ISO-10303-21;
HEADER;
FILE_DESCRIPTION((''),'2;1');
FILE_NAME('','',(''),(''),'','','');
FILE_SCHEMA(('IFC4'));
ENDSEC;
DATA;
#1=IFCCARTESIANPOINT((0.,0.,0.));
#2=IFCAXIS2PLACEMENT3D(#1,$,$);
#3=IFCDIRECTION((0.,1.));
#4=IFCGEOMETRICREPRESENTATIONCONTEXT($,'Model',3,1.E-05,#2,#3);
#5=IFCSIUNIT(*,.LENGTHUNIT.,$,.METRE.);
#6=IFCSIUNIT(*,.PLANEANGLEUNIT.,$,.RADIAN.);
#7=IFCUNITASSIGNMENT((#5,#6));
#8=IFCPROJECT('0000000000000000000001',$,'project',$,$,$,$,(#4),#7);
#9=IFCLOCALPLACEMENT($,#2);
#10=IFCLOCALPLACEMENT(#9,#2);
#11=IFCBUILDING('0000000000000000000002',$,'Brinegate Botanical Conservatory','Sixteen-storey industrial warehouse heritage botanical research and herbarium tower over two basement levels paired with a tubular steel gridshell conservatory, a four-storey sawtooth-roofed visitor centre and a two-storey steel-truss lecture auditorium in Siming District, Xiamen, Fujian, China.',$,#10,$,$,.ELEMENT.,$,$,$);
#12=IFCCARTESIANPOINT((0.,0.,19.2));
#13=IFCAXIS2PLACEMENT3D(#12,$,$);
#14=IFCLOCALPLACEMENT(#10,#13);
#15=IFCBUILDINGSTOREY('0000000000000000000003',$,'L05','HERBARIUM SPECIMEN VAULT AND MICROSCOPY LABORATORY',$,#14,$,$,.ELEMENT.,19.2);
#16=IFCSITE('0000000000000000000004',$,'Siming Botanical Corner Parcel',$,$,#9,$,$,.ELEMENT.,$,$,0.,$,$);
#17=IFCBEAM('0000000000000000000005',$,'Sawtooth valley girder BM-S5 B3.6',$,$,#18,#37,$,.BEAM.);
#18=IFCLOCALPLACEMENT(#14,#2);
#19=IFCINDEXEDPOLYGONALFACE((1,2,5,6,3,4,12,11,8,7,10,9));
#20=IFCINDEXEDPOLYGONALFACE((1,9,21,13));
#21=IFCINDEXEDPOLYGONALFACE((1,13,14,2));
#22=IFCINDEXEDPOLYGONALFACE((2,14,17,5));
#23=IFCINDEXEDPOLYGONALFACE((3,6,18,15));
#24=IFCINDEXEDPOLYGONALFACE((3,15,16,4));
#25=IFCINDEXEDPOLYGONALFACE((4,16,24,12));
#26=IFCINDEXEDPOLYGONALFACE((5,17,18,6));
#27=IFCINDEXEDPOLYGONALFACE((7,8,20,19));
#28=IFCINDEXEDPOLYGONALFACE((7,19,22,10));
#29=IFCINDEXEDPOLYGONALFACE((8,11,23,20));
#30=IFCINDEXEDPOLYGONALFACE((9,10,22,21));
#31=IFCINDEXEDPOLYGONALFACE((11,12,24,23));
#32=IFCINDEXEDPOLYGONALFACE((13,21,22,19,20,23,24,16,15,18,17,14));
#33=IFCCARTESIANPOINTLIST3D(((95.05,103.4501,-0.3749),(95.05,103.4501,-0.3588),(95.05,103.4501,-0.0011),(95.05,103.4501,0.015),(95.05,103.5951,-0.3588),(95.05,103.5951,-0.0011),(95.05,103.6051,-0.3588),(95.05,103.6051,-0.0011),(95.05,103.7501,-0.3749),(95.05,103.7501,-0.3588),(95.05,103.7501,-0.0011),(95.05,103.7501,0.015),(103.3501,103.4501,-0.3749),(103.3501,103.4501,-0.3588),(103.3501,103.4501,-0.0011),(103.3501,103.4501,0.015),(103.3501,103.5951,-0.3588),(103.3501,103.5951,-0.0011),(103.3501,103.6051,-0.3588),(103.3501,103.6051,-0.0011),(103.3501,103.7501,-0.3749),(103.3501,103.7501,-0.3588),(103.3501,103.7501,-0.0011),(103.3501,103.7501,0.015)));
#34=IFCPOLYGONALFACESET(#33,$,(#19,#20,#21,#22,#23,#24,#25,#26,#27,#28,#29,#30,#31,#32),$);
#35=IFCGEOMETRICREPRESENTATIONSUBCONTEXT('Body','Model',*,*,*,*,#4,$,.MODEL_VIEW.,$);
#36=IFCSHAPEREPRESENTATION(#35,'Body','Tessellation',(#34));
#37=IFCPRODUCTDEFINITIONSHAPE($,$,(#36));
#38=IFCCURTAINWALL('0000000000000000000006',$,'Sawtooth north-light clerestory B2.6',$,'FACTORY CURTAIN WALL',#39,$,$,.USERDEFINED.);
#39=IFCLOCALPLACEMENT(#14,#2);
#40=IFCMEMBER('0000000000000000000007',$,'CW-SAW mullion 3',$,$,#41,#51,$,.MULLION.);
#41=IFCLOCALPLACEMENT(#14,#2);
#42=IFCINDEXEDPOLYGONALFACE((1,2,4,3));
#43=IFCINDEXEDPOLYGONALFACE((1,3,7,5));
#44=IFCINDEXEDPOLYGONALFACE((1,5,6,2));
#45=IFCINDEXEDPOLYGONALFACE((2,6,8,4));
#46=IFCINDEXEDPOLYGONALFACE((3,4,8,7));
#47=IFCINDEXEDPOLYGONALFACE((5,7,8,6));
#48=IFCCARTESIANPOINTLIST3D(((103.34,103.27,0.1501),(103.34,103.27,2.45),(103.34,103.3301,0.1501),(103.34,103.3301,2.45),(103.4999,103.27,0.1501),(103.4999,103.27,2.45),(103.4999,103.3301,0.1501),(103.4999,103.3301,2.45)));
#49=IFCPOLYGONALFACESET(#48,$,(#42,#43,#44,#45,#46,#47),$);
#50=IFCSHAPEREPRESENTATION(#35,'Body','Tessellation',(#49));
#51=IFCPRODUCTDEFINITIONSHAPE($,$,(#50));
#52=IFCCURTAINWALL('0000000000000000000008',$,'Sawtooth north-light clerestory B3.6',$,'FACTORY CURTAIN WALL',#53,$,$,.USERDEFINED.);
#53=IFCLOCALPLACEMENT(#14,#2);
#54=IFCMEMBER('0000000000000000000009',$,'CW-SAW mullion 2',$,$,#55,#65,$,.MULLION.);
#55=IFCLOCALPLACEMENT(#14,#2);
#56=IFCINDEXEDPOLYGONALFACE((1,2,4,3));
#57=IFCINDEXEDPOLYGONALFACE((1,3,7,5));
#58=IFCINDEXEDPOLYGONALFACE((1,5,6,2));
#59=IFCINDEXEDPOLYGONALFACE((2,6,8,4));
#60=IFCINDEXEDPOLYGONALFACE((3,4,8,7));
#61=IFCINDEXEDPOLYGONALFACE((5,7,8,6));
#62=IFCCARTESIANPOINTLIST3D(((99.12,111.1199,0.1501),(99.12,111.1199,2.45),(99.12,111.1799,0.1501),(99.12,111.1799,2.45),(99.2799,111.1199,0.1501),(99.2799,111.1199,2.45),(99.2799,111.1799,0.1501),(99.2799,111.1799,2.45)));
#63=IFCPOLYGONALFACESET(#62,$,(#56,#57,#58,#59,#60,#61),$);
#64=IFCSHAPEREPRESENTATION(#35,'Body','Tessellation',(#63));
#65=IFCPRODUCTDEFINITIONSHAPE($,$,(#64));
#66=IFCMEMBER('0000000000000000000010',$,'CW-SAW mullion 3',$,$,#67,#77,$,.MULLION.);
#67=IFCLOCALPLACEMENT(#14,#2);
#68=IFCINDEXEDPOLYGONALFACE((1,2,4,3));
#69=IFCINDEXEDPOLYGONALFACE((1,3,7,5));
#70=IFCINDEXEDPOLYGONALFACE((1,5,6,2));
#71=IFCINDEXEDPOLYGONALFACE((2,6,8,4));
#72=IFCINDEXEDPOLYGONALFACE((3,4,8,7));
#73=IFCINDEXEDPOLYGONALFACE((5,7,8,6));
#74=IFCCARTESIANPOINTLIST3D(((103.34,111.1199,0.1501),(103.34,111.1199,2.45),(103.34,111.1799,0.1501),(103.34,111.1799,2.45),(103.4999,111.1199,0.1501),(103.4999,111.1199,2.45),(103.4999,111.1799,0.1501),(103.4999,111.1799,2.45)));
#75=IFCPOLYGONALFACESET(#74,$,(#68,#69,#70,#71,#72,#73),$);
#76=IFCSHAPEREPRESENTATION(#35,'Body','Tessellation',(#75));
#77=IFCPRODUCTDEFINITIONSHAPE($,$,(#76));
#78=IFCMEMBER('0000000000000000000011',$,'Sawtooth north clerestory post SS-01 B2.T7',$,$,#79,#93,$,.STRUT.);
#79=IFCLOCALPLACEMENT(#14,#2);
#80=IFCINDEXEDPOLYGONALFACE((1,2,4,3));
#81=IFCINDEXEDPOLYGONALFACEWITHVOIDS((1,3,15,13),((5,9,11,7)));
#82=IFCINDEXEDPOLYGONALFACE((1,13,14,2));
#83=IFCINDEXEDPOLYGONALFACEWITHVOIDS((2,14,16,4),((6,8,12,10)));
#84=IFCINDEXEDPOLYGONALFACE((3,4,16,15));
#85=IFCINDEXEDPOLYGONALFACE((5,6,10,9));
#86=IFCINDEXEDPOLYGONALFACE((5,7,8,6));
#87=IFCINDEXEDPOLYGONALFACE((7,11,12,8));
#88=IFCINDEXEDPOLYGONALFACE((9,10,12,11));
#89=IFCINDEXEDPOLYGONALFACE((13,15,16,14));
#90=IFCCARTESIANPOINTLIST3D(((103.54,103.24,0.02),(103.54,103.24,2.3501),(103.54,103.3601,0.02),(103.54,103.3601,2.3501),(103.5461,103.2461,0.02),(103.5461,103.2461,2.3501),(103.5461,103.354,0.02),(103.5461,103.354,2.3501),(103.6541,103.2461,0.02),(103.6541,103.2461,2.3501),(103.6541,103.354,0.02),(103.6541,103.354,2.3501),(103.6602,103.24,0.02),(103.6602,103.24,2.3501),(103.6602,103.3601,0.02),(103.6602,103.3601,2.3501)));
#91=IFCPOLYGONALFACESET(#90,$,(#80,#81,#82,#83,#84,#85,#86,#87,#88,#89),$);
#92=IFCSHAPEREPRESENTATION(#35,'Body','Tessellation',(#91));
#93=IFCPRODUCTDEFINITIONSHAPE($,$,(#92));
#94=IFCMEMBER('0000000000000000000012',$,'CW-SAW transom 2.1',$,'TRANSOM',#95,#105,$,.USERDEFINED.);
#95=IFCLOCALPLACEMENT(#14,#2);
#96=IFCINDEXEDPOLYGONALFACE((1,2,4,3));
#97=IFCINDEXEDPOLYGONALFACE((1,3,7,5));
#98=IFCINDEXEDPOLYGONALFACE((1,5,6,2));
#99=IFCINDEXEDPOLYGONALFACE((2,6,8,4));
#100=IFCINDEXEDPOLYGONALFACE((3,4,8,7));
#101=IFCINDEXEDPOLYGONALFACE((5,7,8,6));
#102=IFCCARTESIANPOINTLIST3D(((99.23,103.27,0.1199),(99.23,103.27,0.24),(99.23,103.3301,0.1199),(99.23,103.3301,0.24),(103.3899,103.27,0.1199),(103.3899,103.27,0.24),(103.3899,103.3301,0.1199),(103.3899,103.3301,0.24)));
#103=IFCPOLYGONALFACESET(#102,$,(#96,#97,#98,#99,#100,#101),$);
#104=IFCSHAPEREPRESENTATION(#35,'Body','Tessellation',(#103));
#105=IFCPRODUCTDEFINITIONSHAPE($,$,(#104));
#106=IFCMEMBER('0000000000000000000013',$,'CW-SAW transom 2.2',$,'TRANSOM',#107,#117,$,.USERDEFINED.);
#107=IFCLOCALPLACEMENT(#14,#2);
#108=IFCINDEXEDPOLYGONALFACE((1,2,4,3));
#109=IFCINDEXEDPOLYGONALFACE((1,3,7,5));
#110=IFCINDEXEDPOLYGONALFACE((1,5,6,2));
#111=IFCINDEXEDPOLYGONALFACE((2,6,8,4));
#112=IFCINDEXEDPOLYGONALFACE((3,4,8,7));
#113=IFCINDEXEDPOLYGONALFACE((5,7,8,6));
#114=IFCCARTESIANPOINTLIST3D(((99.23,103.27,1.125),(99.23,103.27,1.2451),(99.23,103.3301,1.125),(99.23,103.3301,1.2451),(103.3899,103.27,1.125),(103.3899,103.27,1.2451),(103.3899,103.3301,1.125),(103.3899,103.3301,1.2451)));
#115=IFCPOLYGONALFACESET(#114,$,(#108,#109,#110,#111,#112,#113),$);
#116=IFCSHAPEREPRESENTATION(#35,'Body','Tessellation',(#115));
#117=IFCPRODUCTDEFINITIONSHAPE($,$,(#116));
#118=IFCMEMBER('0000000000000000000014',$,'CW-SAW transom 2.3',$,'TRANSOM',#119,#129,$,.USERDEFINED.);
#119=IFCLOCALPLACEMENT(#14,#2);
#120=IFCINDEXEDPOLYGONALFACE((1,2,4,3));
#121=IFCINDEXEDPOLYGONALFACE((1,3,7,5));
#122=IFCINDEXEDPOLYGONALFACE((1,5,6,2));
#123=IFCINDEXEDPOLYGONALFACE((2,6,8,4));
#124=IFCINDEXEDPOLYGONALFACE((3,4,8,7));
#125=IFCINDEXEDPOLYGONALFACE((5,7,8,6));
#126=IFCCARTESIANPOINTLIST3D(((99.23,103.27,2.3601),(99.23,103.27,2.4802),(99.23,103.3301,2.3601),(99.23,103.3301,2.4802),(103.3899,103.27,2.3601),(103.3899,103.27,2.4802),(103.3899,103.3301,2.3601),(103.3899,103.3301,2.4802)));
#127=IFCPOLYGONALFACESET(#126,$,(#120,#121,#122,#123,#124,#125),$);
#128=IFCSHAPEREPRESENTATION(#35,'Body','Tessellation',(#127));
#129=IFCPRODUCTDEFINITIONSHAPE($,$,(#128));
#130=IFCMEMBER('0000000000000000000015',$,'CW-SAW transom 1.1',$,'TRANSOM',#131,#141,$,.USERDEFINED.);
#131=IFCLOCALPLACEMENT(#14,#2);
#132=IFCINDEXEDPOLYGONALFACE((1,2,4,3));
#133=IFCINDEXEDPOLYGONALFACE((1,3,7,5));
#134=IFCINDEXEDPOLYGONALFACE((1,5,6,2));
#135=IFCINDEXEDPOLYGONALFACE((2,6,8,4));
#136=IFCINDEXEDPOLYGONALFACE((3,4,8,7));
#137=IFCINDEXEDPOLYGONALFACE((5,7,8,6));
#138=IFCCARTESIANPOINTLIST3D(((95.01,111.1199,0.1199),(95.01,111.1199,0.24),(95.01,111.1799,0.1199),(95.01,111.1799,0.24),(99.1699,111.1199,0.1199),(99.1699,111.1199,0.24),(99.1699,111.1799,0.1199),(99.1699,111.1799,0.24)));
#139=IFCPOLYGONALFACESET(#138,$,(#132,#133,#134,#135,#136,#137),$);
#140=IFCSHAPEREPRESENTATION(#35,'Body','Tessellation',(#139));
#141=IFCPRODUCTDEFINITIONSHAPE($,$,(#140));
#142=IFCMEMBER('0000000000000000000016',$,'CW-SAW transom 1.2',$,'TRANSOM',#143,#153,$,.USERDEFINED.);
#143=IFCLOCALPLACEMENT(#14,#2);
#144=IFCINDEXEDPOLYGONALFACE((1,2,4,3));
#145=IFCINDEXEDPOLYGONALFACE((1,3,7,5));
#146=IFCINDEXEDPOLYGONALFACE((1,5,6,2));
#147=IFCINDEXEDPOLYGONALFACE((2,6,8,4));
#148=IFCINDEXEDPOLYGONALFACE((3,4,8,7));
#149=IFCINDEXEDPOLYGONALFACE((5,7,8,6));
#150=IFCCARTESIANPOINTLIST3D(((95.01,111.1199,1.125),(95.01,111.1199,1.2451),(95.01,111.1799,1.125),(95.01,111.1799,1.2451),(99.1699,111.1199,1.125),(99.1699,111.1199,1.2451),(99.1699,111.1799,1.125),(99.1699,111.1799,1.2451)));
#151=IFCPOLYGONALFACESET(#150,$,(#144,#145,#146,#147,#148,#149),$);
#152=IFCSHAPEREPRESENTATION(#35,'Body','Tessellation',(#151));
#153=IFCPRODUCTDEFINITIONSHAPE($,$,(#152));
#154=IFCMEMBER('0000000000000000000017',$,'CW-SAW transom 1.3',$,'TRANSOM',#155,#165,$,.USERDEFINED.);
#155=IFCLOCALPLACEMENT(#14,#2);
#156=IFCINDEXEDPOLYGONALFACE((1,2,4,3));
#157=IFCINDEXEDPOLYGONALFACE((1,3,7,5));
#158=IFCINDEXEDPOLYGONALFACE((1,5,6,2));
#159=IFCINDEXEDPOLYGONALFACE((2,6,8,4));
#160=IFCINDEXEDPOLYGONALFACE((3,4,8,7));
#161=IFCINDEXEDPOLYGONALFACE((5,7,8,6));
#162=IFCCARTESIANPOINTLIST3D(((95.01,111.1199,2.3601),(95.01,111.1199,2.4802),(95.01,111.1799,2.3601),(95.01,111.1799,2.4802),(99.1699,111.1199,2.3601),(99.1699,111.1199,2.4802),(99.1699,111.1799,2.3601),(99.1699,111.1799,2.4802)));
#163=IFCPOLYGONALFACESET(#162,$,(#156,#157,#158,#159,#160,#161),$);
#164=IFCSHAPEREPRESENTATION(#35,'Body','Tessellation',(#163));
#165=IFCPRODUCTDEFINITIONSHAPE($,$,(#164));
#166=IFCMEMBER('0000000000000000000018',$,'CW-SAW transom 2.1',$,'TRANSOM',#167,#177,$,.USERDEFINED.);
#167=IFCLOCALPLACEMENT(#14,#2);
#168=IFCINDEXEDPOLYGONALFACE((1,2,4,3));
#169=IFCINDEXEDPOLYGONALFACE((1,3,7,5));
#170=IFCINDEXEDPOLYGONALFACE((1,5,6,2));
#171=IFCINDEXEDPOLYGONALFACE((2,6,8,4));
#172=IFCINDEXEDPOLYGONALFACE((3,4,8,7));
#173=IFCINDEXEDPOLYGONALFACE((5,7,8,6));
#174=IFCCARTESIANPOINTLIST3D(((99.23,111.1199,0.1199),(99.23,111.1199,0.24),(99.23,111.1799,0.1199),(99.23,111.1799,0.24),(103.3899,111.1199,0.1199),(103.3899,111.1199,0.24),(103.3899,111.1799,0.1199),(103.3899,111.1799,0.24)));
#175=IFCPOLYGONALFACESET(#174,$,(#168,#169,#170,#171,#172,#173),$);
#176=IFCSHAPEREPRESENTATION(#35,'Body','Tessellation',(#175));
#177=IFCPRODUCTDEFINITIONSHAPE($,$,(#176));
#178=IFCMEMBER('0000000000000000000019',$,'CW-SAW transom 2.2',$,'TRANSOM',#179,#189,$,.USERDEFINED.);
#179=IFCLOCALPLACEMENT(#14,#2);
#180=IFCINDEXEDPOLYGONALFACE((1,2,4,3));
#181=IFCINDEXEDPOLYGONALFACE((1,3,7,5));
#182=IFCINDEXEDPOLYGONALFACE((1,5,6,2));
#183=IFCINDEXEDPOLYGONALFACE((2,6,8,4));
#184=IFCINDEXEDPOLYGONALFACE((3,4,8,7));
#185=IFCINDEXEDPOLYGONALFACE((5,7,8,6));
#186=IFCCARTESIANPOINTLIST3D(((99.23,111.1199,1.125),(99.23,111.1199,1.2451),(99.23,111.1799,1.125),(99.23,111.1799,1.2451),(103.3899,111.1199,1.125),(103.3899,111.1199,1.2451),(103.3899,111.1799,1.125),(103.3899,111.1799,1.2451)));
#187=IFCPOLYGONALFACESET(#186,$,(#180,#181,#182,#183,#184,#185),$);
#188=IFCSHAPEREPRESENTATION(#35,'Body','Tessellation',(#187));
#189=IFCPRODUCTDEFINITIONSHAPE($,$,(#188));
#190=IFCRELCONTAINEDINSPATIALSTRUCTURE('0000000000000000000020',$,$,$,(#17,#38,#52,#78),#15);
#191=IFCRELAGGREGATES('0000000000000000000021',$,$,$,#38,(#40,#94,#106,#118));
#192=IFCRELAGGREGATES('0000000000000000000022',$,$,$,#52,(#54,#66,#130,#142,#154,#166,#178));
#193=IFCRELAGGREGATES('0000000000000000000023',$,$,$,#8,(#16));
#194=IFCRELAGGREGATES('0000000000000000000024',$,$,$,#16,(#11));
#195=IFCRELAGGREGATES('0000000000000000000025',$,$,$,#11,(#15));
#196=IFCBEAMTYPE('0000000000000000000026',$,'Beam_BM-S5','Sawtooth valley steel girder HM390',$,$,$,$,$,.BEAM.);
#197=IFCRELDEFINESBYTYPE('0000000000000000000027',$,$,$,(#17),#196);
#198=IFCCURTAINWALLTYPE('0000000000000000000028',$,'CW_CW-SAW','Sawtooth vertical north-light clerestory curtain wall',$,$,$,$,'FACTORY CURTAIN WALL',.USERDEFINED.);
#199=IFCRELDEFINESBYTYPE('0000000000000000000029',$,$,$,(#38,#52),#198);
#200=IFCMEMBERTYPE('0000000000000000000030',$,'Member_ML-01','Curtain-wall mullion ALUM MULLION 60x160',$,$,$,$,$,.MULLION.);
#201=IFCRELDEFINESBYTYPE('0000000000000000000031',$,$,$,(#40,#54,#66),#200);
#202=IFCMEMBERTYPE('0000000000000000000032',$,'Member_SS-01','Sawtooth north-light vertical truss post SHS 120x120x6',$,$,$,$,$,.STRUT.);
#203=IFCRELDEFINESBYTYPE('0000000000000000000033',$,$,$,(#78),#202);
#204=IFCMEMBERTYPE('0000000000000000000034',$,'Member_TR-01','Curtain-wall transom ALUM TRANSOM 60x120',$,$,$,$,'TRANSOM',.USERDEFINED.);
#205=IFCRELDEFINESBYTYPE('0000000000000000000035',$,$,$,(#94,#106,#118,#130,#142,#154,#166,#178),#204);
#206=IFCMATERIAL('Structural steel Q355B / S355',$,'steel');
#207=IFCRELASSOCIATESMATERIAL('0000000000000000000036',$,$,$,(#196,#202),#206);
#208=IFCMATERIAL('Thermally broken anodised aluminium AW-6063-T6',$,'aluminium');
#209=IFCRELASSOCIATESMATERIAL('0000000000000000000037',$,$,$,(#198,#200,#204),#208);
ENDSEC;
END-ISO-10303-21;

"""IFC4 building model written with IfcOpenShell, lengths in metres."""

from ifc_helpers import new_model, si_unit, direction, frame, origin, origin_2d, place, context, subcontext, project, spatial, rectangle, hollow_rectangle, i_section, extrude, material, material_profile, profile_set, type_object, element, aggregate, save


model = new_model("IFC4")

# Units and contexts
model_context = context("Model", 3, precision=1e-05, world=origin(), true_north=direction((0.0, 1.0)))
body_context = subcontext(model_context, "Body", "Model", "MODEL_VIEW")
ifc_project = project(units=[si_unit("LENGTHUNIT", "METRE"), si_unit("PLANEANGLEUNIT", "RADIAN")], contexts=[model_context])

# Site, building, storey
site_placement = place(None, origin())
site = spatial("IfcSite", under=ifc_project, at=site_placement, Name="Siming Botanical Corner Parcel", CompositionType="ELEMENT", RefElevation=0.0)
building_placement = place(site_placement, origin())
building = spatial("IfcBuilding", under=site, at=building_placement, Name="Brinegate Botanical Conservatory", Description="Sixteen-storey industrial warehouse heritage botanical research and herbarium tower over two basement levels paired with a tubular steel gridshell conservatory, a four-storey sawtooth-roofed visitor centre and a two-storey steel-truss lecture auditorium in Siming District, Xiamen, Fujian, China.", CompositionType="ELEMENT")
storey_placement = place(building_placement, frame((0.0, 0.0, 19.2)))
storey = spatial("IfcBuildingStorey", under=building, at=storey_placement, Name="L05", Description="HERBARIUM SPECIMEN VAULT AND MICROSCOPY LABORATORY", CompositionType="ELEMENT", Elevation=19.2)

# Beam
ifc_material_1 = material(Name="Structural steel Q355B / S355", Category="steel")
ifc_material_profile_1 = material_profile(ifc_material_1, i_section(OverallWidth=0.3, OverallDepth=0.3899, WebThickness=0.01, FlangeThickness=0.0161, at=origin_2d()), Name="HM 390x300x10x16")
ifc_profile_set_1 = profile_set([ifc_material_profile_1], Name="Structural steel Q355B / S355")
beam_type = type_object("IfcBeamType", Name="Beam_BM-S5", Description="Sawtooth valley steel girder HM390", PredefinedType="BEAM", material=ifc_profile_set_1)
beam_placement = place(storey_placement, frame((95.05, 103.6001, -0.1799), z_axis=(1.0, 0.0, 0.0), x_axis=(0.0, 1.0, 0.0)))
element("IfcBeam", 1, at=beam_placement, inside=storey, type_object=beam_type, Name="Sawtooth valley girder BM-S5 B3.6", PredefinedType="BEAM", context=body_context, shape_type="SweptSolid", body=[
    extrude(i_section(OverallWidth=0.3, OverallDepth=0.3899, WebThickness=0.01, FlangeThickness=0.0161, at=origin_2d()), origin(), (0.0, 0.0, 1.0), 8.3),
])

# Curtain wall, member
ifc_material_2 = material(Name="Thermally broken anodised aluminium AW-6063-T6", Category="aluminium")
curtain_wall_type = type_object("IfcCurtainWallType", Name="CW_CW-SAW", Description="Sawtooth vertical north-light clerestory curtain wall", ElementType="FACTORY CURTAIN WALL", PredefinedType="USERDEFINED", material=ifc_material_2)
curtain_wall_1_placement = place(storey_placement, origin())
curtain_wall_1 = element("IfcCurtainWall", 2, at=curtain_wall_1_placement, inside=storey, type_object=curtain_wall_type, Name="Sawtooth north-light clerestory B2.6", ObjectType="FACTORY CURTAIN WALL", PredefinedType="USERDEFINED")
ifc_material_profile_2 = material_profile(ifc_material_2, rectangle(XDim=0.0601, YDim=0.1599, at=origin_2d()), Name="ALUM MULLION 60x160")
ifc_profile_set_2 = profile_set([ifc_material_profile_2], Name="Thermally broken anodised aluminium AW-6063-T6")
member_type_1 = type_object("IfcMemberType", Name="Member_ML-01", Description="Curtain-wall mullion ALUM MULLION 60x160", PredefinedType="MULLION", material=ifc_profile_set_2)
member_1_placement = place(storey_placement, frame((103.4199, 103.3, 0.1501), z_axis=(0.0, 0.0, 1.0), x_axis=(0.0, 1.0, 0.0)))
member_1 = element("IfcMember", 3, at=member_1_placement, type_object=member_type_1, Name="CW-SAW mullion 3", PredefinedType="MULLION", context=body_context, shape_type="SweptSolid", body=[
    extrude(rectangle(XDim=0.0601, YDim=0.1599, at=origin_2d()), origin(), (0.0, 0.0, 1.0), 2.2998),
])

# Curtain wall, members
curtain_wall_2_placement = place(storey_placement, origin())
curtain_wall_2 = element("IfcCurtainWall", 4, at=curtain_wall_2_placement, inside=storey, type_object=curtain_wall_type, Name="Sawtooth north-light clerestory B3.6", ObjectType="FACTORY CURTAIN WALL", PredefinedType="USERDEFINED")
member_2_placement = place(storey_placement, frame((99.2, 111.1499, 0.1501), z_axis=(0.0, 0.0, 1.0), x_axis=(0.0, 1.0, 0.0)))
member_2 = element("IfcMember", 5, at=member_2_placement, type_object=member_type_1, Name="CW-SAW mullion 2", PredefinedType="MULLION", context=body_context, shape_type="SweptSolid", body=[
    extrude(rectangle(XDim=0.0601, YDim=0.1599, at=origin_2d()), origin(), (0.0, 0.0, 1.0), 2.2998),
])
member_3_placement = place(storey_placement, frame((103.4199, 111.1499, 0.1501), z_axis=(0.0, 0.0, 1.0), x_axis=(0.0, 1.0, 0.0)))
member_3 = element("IfcMember", 6, at=member_3_placement, type_object=member_type_1, Name="CW-SAW mullion 3", PredefinedType="MULLION", context=body_context, shape_type="SweptSolid", body=[
    extrude(rectangle(XDim=0.0601, YDim=0.1599, at=origin_2d()), origin(), (0.0, 0.0, 1.0), 2.2998),
])

# Members
ifc_material_profile_3 = material_profile(ifc_material_1, hollow_rectangle(XDim=0.1201, YDim=0.1201, WallThickness=0.0061, at=origin_2d()), Name="SHS 120x120x6")
ifc_profile_set_3 = profile_set([ifc_material_profile_3], Name="Structural steel Q355B / S355")
member_type_2 = type_object("IfcMemberType", Name="Member_SS-01", Description="Sawtooth north-light vertical truss post SHS 120x120x6", PredefinedType="STRUT", material=ifc_profile_set_3)
member_4_placement = place(storey_placement, frame((103.6001, 103.3, 0.02), z_axis=(0.0, 0.0, 1.0), x_axis=(1.0, 0.0, 0.0)))
element("IfcMember", 7, at=member_4_placement, inside=storey, type_object=member_type_2, Name="Sawtooth north clerestory post SS-01 B2.T7", PredefinedType="STRUT", context=body_context, shape_type="SweptSolid", body=[
    extrude(hollow_rectangle(XDim=0.1201, YDim=0.1201, WallThickness=0.0061, at=origin_2d()), origin(), (0.0, 0.0, 1.0), 2.3301),
])
ifc_material_profile_4 = material_profile(ifc_material_2, rectangle(XDim=0.0601, YDim=0.1201, at=origin_2d()), Name="ALUM TRANSOM 60x120")
ifc_profile_set_4 = profile_set([ifc_material_profile_4], Name="Thermally broken anodised aluminium AW-6063-T6")
member_type_3 = type_object("IfcMemberType", Name="Member_TR-01", Description="Curtain-wall transom ALUM TRANSOM 60x120", ElementType="TRANSOM", PredefinedType="USERDEFINED", material=ifc_profile_set_4)
member_5_placement = place(storey_placement, frame((99.23, 103.3, 0.1799), z_axis=(1.0, 0.0, 0.0), x_axis=(0.0, 1.0, 0.0)))
member_5 = element("IfcMember", 8, at=member_5_placement, type_object=member_type_3, Name="CW-SAW transom 2.1", ObjectType="TRANSOM", PredefinedType="USERDEFINED", context=body_context, shape_type="SweptSolid", body=[
    extrude(rectangle(XDim=0.0601, YDim=0.1201, at=origin_2d()), origin(), (0.0, 0.0, 1.0), 4.1599),
])
member_6_placement = place(storey_placement, frame((99.23, 103.3, 1.1851), z_axis=(1.0, 0.0, 0.0), x_axis=(0.0, 1.0, 0.0)))
member_6 = element("IfcMember", 9, at=member_6_placement, type_object=member_type_3, Name="CW-SAW transom 2.2", ObjectType="TRANSOM", PredefinedType="USERDEFINED", context=body_context, shape_type="SweptSolid", body=[
    extrude(rectangle(XDim=0.0601, YDim=0.1201, at=origin_2d()), origin(), (0.0, 0.0, 1.0), 4.1599),
])
member_7_placement = place(storey_placement, frame((99.23, 103.3, 2.4202), z_axis=(1.0, 0.0, 0.0), x_axis=(0.0, 1.0, 0.0)))
member_7 = element("IfcMember", 10, at=member_7_placement, type_object=member_type_3, Name="CW-SAW transom 2.3", ObjectType="TRANSOM", PredefinedType="USERDEFINED", context=body_context, shape_type="SweptSolid", body=[
    extrude(rectangle(XDim=0.0601, YDim=0.1201, at=origin_2d()), origin(), (0.0, 0.0, 1.0), 4.1599),
])
member_8_placement = place(storey_placement, frame((95.01, 111.1499, 0.1799), z_axis=(1.0, 0.0, 0.0), x_axis=(0.0, 1.0, 0.0)))
member_8 = element("IfcMember", 11, at=member_8_placement, type_object=member_type_3, Name="CW-SAW transom 1.1", ObjectType="TRANSOM", PredefinedType="USERDEFINED", context=body_context, shape_type="SweptSolid", body=[
    extrude(rectangle(XDim=0.0601, YDim=0.1201, at=origin_2d()), origin(), (0.0, 0.0, 1.0), 4.1599),
])
member_9_placement = place(storey_placement, frame((95.01, 111.1499, 1.1851), z_axis=(1.0, 0.0, 0.0), x_axis=(0.0, 1.0, 0.0)))
member_9 = element("IfcMember", 12, at=member_9_placement, type_object=member_type_3, Name="CW-SAW transom 1.2", ObjectType="TRANSOM", PredefinedType="USERDEFINED", context=body_context, shape_type="SweptSolid", body=[
    extrude(rectangle(XDim=0.0601, YDim=0.1201, at=origin_2d()), origin(), (0.0, 0.0, 1.0), 4.1599),
])
member_10_placement = place(storey_placement, frame((95.01, 111.1499, 2.4202), z_axis=(1.0, 0.0, 0.0), x_axis=(0.0, 1.0, 0.0)))
member_10 = element("IfcMember", 13, at=member_10_placement, type_object=member_type_3, Name="CW-SAW transom 1.3", ObjectType="TRANSOM", PredefinedType="USERDEFINED", context=body_context, shape_type="SweptSolid", body=[
    extrude(rectangle(XDim=0.0601, YDim=0.1201, at=origin_2d()), origin(), (0.0, 0.0, 1.0), 4.1599),
])
member_11_placement = place(storey_placement, frame((99.23, 111.1499, 0.1799), z_axis=(1.0, 0.0, 0.0), x_axis=(0.0, 1.0, 0.0)))
member_11 = element("IfcMember", 14, at=member_11_placement, type_object=member_type_3, Name="CW-SAW transom 2.1", ObjectType="TRANSOM", PredefinedType="USERDEFINED", context=body_context, shape_type="SweptSolid", body=[
    extrude(rectangle(XDim=0.0601, YDim=0.1201, at=origin_2d()), origin(), (0.0, 0.0, 1.0), 4.1599),
])
member_12_placement = place(storey_placement, frame((99.23, 111.1499, 1.1851), z_axis=(1.0, 0.0, 0.0), x_axis=(0.0, 1.0, 0.0)))
member_12 = element("IfcMember", 15, at=member_12_placement, type_object=member_type_3, Name="CW-SAW transom 2.2", ObjectType="TRANSOM", PredefinedType="USERDEFINED", context=body_context, shape_type="SweptSolid", body=[
    extrude(rectangle(XDim=0.0601, YDim=0.1201, at=origin_2d()), origin(), (0.0, 0.0, 1.0), 4.1599),
])

aggregate(curtain_wall_1, [member_1, member_5, member_6, member_7])
aggregate(curtain_wall_2, [member_2, member_3, member_8, member_9, member_10, member_11, member_12])

save(model, "model.ifc")
